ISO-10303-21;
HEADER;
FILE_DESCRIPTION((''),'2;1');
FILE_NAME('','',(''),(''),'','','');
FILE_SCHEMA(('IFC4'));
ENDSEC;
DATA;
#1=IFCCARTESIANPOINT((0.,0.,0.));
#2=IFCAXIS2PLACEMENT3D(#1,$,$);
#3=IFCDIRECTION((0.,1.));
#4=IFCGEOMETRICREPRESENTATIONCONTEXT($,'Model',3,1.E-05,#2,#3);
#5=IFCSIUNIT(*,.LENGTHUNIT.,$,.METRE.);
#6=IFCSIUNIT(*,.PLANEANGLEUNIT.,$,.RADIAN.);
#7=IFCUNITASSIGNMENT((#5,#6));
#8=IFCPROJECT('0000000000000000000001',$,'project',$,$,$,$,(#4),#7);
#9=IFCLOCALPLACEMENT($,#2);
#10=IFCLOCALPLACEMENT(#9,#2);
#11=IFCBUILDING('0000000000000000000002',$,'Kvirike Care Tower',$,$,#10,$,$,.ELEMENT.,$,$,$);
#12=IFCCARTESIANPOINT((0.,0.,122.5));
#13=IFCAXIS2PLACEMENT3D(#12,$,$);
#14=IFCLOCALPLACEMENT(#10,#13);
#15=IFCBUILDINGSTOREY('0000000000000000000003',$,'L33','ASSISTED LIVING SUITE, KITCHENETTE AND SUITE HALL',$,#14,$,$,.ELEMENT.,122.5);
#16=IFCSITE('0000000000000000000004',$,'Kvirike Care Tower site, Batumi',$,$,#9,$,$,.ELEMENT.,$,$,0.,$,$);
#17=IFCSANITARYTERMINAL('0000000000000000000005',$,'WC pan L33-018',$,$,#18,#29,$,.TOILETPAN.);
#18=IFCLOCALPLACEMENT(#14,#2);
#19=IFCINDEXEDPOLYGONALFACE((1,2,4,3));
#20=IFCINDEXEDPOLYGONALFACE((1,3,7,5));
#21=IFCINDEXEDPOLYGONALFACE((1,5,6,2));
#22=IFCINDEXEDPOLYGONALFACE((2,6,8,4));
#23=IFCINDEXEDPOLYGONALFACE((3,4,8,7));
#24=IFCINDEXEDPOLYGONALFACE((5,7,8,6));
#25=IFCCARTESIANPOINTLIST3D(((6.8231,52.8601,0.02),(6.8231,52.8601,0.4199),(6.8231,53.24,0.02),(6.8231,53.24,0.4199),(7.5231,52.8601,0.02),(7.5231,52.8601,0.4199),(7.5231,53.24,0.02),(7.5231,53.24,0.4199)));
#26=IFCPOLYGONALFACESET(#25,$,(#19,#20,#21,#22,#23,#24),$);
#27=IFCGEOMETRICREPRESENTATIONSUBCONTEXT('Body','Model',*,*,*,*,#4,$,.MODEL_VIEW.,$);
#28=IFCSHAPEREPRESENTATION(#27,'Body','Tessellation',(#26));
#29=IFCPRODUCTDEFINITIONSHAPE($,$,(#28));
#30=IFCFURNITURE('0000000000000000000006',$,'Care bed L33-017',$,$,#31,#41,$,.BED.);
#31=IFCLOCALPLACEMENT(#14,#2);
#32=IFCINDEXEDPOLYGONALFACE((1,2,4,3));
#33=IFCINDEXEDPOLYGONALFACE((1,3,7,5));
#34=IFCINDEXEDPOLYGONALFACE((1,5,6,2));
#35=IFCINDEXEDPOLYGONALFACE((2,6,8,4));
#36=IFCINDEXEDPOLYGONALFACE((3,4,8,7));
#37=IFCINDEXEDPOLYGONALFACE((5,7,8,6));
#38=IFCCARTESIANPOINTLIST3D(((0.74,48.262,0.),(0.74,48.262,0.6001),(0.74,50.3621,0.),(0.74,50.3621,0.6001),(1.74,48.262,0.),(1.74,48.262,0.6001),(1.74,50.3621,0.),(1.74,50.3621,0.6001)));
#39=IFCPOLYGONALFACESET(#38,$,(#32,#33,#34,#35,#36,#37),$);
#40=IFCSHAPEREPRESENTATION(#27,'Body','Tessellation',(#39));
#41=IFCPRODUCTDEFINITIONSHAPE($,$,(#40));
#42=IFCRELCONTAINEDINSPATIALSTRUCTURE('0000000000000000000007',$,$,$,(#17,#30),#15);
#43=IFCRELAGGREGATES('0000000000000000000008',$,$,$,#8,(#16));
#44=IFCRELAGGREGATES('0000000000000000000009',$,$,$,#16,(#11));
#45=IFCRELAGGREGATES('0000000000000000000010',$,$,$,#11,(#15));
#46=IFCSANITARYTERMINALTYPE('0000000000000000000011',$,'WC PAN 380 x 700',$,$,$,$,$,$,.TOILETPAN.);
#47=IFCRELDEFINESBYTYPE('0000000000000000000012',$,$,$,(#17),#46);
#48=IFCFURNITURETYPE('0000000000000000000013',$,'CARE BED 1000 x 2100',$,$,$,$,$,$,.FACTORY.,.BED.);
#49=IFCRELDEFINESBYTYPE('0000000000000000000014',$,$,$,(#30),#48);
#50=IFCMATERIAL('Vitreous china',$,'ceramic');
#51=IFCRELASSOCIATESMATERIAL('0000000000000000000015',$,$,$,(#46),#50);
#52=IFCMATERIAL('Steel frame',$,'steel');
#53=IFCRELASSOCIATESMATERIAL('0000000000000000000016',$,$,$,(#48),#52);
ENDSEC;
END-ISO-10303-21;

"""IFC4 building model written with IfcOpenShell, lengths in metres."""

from ifc_helpers import new_model, si_unit, direction, frame, origin, origin_2d, place, context, subcontext, project, spatial, rectangle, extrude, material, type_object, element, save


model = new_model("IFC4")

# Units and contexts
model_context = context("Model", 3, precision=1e-05, world=origin(), true_north=direction((0.0, 1.0)))
body_context = subcontext(model_context, "Body", "Model", "MODEL_VIEW")
ifc_project = project(units=[si_unit("LENGTHUNIT", "METRE"), si_unit("PLANEANGLEUNIT", "RADIAN")], contexts=[model_context])

# Site, building, storey
site_placement = place(None, origin())
site = spatial("IfcSite", under=ifc_project, at=site_placement, Name="Kvirike Care Tower site, Batumi", CompositionType="ELEMENT", RefElevation=0.0)
building_placement = place(site_placement, origin())
building = spatial("IfcBuilding", under=site, at=building_placement, Name="Kvirike Care Tower", CompositionType="ELEMENT")
storey_placement = place(building_placement, frame((0.0, 0.0, 122.5)))
storey = spatial("IfcBuildingStorey", under=building, at=storey_placement, Name="L33", Description="ASSISTED LIVING SUITE, KITCHENETTE AND SUITE HALL", CompositionType="ELEMENT", Elevation=122.5)

# Sanitary terminal
ifc_material_1 = material(Name="Vitreous china", Category="ceramic")
sanitary_terminal_type_1 = type_object("IfcSanitaryTerminalType", Name="WC PAN 380 x 700", PredefinedType="TOILETPAN", material=ifc_material_1)
sanitary_terminal_1_placement = place(storey_placement, frame((7.1731, 53.05, 0.02), z_axis=(0.0, 0.0, 1.0), x_axis=(0.0, -1.0, 0.0)))
element("IfcSanitaryTerminal", 1, at=sanitary_terminal_1_placement, inside=storey, type_object=sanitary_terminal_type_1, Name="WC pan L33-018", PredefinedType="TOILETPAN", context=body_context, shape_type="SweptSolid", body=[
    extrude(rectangle(XDim=0.3799, YDim=0.7, at=origin_2d()), origin(), (0.0, 0.0, 1.0), 0.3999),
])

# Furniture
ifc_material_2 = material(Name="Steel frame", Category="steel")
furniture_type = type_object("IfcFurnitureType", Name="CARE BED 1000 x 2100", AssemblyPlace="FACTORY", PredefinedType="BED", material=ifc_material_2)
furniture_placement = place(storey_placement, frame((1.24, 49.312, 0.0), z_axis=(0.0, 0.0, 1.0), x_axis=(-1.0, 0.0, 0.0)))
element("IfcFurniture", 2, at=furniture_placement, inside=storey, type_object=furniture_type, Name="Care bed L33-017", PredefinedType="BED", context=body_context, shape_type="SweptSolid", body=[
    extrude(rectangle(XDim=1.0, YDim=2.1001, at=origin_2d()), origin(), (0.0, 0.0, 1.0), 0.6001),
])

save(model, "model.ifc")
